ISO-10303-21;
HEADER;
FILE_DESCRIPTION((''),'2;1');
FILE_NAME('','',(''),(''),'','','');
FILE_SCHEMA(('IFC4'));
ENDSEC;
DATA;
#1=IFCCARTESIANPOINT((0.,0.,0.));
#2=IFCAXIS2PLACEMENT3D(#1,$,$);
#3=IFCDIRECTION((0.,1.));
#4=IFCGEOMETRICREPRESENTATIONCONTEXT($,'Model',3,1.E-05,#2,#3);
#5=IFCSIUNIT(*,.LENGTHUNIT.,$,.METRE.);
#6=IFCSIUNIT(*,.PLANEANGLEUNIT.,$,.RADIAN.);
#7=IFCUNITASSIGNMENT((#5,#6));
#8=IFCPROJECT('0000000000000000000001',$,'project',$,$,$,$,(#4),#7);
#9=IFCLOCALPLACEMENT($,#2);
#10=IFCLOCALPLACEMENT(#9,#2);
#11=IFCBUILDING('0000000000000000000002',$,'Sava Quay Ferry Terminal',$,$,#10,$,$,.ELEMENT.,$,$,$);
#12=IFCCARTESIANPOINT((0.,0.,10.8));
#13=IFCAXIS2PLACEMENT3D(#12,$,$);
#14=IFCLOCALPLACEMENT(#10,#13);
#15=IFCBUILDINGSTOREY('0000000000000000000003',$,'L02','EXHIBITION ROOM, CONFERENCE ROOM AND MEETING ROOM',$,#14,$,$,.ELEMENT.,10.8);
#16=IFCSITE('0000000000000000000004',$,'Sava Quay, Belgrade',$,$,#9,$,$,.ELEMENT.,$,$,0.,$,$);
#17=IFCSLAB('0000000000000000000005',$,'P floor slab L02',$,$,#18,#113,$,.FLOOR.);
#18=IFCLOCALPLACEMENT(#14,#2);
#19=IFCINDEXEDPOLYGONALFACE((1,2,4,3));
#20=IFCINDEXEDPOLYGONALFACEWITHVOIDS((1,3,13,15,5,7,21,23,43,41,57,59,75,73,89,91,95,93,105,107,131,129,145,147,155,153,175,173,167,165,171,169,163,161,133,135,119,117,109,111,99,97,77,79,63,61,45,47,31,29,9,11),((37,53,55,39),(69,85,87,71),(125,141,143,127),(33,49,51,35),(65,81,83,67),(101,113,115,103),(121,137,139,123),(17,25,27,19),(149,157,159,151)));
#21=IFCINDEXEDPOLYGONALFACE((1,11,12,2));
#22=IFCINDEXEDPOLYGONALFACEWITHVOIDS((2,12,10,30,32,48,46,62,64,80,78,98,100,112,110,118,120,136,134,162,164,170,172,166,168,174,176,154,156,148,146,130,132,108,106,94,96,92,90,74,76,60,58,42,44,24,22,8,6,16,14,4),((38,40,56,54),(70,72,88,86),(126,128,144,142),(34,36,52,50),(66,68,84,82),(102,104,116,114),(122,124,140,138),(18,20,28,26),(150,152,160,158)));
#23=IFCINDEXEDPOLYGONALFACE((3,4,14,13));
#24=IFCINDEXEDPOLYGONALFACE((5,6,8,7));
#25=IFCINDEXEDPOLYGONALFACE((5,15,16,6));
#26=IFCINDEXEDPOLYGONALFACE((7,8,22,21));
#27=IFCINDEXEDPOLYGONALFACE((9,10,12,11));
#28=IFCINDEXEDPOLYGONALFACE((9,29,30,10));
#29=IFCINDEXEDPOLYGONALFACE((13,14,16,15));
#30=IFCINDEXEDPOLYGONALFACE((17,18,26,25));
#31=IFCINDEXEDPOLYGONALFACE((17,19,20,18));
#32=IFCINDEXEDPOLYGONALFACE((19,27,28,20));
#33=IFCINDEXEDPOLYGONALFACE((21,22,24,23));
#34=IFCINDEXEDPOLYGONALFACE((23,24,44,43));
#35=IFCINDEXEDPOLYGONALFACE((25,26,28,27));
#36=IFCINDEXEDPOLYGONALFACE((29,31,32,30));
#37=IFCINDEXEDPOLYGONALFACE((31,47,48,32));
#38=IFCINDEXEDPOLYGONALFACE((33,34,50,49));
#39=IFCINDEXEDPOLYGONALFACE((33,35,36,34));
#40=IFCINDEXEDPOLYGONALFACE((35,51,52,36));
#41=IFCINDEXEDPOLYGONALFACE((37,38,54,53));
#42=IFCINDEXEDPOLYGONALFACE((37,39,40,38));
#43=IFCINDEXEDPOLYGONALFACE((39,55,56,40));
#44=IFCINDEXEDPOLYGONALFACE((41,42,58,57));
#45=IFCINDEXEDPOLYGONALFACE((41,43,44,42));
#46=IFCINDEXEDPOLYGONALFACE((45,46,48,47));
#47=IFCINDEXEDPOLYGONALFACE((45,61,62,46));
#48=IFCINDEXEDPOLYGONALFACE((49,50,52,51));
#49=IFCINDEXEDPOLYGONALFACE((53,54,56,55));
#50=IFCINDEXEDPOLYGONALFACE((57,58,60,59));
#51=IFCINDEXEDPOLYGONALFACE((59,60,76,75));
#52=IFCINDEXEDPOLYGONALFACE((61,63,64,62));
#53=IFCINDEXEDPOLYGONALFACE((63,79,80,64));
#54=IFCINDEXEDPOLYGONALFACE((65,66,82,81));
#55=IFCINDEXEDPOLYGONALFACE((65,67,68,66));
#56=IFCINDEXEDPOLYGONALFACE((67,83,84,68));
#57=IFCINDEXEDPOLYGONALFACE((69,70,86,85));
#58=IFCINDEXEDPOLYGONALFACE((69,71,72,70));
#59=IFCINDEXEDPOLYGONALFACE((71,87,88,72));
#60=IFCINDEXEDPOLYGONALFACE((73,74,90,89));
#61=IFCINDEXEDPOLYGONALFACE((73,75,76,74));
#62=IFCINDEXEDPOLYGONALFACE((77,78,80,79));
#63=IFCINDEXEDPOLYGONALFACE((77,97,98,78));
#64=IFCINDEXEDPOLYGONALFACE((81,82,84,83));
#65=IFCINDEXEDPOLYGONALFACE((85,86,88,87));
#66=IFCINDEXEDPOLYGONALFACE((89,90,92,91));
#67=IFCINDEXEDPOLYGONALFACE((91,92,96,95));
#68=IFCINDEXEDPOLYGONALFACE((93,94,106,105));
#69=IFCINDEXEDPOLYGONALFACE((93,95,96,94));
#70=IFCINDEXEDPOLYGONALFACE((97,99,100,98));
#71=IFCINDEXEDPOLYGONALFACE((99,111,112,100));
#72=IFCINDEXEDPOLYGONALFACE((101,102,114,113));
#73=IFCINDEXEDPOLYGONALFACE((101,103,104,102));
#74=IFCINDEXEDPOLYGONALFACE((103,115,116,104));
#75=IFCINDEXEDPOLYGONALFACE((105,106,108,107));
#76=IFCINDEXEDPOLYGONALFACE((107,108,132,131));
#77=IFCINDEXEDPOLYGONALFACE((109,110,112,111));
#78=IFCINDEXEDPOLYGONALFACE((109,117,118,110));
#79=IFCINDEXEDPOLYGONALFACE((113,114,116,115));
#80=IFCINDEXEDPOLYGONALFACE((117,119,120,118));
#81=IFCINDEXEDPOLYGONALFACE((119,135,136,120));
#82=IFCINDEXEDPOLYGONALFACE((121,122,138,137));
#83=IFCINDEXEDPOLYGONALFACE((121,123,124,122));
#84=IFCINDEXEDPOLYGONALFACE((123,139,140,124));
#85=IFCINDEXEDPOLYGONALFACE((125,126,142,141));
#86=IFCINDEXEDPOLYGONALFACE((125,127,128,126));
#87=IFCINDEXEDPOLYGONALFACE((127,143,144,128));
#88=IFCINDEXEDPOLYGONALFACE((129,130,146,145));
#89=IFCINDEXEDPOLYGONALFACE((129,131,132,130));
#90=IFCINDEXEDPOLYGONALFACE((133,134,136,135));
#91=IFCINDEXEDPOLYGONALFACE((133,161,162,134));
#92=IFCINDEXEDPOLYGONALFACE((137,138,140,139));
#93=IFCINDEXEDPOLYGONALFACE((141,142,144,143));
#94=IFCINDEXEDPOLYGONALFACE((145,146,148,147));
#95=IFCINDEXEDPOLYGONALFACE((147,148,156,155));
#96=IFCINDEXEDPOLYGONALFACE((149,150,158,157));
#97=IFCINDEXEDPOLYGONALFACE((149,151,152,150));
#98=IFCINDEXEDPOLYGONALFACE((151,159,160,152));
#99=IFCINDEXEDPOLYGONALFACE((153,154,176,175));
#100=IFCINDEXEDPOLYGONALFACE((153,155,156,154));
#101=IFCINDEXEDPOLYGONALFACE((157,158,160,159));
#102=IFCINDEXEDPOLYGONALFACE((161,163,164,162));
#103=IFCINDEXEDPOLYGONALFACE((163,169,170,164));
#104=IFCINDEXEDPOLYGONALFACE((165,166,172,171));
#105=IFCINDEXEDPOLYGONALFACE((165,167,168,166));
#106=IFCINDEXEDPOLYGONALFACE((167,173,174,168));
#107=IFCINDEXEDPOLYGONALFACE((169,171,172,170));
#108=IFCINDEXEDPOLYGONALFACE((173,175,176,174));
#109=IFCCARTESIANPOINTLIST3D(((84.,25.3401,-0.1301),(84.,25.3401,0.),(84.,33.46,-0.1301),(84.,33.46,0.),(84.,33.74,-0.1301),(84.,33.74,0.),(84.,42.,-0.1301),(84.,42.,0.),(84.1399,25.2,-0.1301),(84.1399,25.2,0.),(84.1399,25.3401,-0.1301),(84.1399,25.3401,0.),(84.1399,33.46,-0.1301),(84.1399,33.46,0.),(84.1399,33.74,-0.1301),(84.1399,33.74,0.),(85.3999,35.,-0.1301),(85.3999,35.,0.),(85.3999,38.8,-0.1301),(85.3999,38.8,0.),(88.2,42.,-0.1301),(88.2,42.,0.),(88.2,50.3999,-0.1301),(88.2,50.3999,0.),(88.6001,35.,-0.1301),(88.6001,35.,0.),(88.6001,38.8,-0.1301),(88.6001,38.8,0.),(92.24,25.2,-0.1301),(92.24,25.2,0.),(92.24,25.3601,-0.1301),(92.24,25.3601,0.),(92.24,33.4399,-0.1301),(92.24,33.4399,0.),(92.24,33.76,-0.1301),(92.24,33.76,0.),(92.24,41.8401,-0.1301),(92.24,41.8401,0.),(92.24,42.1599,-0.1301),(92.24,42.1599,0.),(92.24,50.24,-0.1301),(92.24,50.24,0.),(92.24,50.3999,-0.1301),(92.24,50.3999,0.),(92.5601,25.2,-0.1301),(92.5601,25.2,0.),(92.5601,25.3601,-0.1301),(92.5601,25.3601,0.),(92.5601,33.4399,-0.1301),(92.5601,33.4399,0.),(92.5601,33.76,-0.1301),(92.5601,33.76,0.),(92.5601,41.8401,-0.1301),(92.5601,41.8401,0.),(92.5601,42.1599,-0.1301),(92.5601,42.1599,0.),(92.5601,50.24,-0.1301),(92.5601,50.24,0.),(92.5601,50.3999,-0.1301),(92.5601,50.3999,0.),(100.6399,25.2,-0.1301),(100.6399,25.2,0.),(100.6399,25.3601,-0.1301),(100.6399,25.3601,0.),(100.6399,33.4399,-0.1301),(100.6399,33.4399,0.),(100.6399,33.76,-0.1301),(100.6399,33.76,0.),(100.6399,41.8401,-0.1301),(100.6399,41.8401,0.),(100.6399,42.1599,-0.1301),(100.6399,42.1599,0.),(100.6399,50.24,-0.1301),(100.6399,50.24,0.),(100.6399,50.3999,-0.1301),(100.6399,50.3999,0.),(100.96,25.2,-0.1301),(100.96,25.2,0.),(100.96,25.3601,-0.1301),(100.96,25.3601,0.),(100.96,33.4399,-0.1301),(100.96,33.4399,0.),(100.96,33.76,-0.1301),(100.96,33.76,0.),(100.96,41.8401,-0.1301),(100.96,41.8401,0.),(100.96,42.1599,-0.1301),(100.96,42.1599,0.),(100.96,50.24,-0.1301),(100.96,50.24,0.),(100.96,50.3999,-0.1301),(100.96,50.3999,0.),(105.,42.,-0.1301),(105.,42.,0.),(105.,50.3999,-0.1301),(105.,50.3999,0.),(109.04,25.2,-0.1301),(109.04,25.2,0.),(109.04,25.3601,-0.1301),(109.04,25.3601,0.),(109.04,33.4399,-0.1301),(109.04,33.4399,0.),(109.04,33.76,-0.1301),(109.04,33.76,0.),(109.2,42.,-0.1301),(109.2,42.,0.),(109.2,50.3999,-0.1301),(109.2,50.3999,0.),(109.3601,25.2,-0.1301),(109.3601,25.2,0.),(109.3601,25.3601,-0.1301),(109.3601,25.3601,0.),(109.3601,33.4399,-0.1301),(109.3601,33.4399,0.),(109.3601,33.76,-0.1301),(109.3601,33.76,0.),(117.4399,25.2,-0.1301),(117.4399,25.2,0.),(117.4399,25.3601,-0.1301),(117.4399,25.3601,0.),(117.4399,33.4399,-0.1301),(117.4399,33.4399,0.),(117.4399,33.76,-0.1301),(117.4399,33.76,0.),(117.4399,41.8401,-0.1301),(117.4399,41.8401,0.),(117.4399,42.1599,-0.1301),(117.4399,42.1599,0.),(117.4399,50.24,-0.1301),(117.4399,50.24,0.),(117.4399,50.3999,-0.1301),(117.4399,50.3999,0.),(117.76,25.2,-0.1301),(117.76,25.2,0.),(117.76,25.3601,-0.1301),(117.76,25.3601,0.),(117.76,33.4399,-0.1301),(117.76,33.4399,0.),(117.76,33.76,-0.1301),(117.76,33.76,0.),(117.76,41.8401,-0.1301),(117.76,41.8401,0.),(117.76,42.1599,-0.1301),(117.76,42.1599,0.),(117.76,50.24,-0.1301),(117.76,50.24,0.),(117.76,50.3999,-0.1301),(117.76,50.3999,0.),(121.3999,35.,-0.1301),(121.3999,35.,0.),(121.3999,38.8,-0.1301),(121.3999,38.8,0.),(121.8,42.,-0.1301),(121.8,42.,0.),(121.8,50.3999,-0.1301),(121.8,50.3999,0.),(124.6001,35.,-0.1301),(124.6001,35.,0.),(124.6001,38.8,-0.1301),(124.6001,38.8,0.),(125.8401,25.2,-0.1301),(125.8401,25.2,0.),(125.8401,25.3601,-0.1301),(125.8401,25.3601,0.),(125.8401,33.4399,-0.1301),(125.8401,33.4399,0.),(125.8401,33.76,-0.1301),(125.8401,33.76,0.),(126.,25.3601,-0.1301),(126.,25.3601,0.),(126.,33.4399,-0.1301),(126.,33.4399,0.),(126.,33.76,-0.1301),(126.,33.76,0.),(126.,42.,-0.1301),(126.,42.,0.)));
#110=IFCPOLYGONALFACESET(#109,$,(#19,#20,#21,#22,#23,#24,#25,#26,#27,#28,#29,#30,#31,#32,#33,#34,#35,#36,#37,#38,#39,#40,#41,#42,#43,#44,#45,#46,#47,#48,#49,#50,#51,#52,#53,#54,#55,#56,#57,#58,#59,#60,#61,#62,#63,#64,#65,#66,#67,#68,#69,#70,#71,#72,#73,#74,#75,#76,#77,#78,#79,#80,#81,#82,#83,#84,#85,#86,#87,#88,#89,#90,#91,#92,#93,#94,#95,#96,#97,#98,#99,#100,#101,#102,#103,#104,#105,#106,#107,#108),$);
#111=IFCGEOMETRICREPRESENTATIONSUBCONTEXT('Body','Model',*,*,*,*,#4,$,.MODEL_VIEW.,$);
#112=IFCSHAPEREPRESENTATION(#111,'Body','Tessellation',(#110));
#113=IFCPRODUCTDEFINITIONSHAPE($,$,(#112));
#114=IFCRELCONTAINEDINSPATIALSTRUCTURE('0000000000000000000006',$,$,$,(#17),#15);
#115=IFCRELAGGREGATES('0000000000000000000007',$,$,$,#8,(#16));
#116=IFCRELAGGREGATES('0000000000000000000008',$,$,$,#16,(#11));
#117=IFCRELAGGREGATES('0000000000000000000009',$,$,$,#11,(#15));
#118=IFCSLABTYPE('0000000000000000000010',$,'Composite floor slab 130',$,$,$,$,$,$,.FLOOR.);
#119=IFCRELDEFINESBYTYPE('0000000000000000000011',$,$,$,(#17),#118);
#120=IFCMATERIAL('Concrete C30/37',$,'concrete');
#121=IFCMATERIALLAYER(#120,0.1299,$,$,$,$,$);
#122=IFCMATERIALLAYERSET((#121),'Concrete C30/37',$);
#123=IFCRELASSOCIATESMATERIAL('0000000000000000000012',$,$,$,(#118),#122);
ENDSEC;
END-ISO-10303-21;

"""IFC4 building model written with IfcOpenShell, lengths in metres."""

from ifc_helpers import new_model, si_unit, direction, frame, origin, place, context, subcontext, project, spatial, polyline, outline, extrude, material, layer, layer_set, type_object, element, save


model = new_model("IFC4")

# Units and contexts
model_context = context("Model", 3, precision=1e-05, world=origin(), true_north=direction((0.0, 1.0)))
body_context = subcontext(model_context, "Body", "Model", "MODEL_VIEW")
ifc_project = project(units=[si_unit("LENGTHUNIT", "METRE"), si_unit("PLANEANGLEUNIT", "RADIAN")], contexts=[model_context])

# Site, building, storey
site_placement = place(None, origin())
site = spatial("IfcSite", under=ifc_project, at=site_placement, Name="Sava Quay, Belgrade", CompositionType="ELEMENT", RefElevation=0.0)
building_placement = place(site_placement, origin())
building = spatial("IfcBuilding", under=site, at=building_placement, Name="Sava Quay Ferry Terminal", CompositionType="ELEMENT")
storey_placement = place(building_placement, frame((0.0, 0.0, 10.8)))
storey = spatial("IfcBuildingStorey", under=building, at=storey_placement, Name="L02", Description="EXHIBITION ROOM, CONFERENCE ROOM AND MEETING ROOM", CompositionType="ELEMENT", Elevation=10.8)

# Slab
ifc_material_1 = material(Name="Concrete C30/37", Category="concrete")
ifc_layer_1 = layer(ifc_material_1, 0.1299)
ifc_layer_set_1 = layer_set([ifc_layer_1], Name="Concrete C30/37")
slab_type_1 = type_object("IfcSlabType", Name="Composite floor slab 130", PredefinedType="FLOOR", material=ifc_layer_set_1)
slab_1_placement = place(storey_placement, frame((0.0, 0.0, -0.1301)))
element("IfcSlab", 1, at=slab_1_placement, inside=storey, type_object=slab_type_1, Name="P floor slab L02", PredefinedType="FLOOR", context=body_context, shape_type="SweptSolid", body=[
    extrude(outline(polyline([(125.8401, 25.3601), (125.8401, 25.2), (117.76, 25.2), (117.76, 25.3601), (117.4399, 25.3601), (117.4399, 25.2), (109.3601, 25.2), (109.3601, 25.3601), (109.04, 25.3601), (109.04, 25.2), (100.96, 25.2), (100.96, 25.3601), (100.6399, 25.3601), (100.6399, 25.2), (92.5601, 25.2), (92.5601, 25.3601), (92.24, 25.3601), (92.24, 25.2), (84.1399, 25.2), (84.1399, 25.3401), (84.0, 25.3401), (84.0, 33.46), (84.1399, 33.46), (84.1399, 33.74), (84.0, 33.74), (84.0, 42.0), (88.2, 42.0), (88.2, 50.3999), (92.24, 50.3999), (92.24, 50.24), (92.5601, 50.24), (92.5601, 50.3999), (100.6399, 50.3999), (100.6399, 50.24), (100.96, 50.24), (100.96, 50.3999), (105.0, 50.3999), (105.0, 42.0), (109.2, 42.0), (109.2, 50.3999), (117.4399, 50.3999), (117.4399, 50.24), (117.76, 50.24), (117.76, 50.3999), (121.8, 50.3999), (121.8, 42.0), (126.0, 42.0), (126.0, 33.76), (125.8401, 33.76), (125.8401, 33.4399), (126.0, 33.4399), (126.0, 25.3601), (125.8401, 25.3601)]), holes=[polyline([(92.24, 33.4399), (92.5601, 33.4399), (92.5601, 33.76), (92.24, 33.76), (92.24, 33.4399)]), polyline([(88.6001, 35.0), (88.6001, 38.8), (85.3999, 38.8), (85.3999, 35.0), (88.6001, 35.0)]), polyline([(100.6399, 41.8401), (100.96, 41.8401), (100.96, 42.1599), (100.6399, 42.1599), (100.6399, 41.8401)]), polyline([(92.24, 41.8401), (92.5601, 41.8401), (92.5601, 42.1599), (92.24, 42.1599), (92.24, 41.8401)]), polyline([(100.6399, 33.4399), (100.96, 33.4399), (100.96, 33.76), (100.6399, 33.76), (100.6399, 33.4399)]), polyline([(117.76, 33.4399), (117.76, 33.76), (117.4399, 33.76), (117.4399, 33.4399), (117.76, 33.4399)]), polyline([(109.04, 33.4399), (109.3601, 33.4399), (109.3601, 33.76), (109.04, 33.76), (109.04, 33.4399)]), polyline([(121.3999, 35.0), (124.6001, 35.0), (124.6001, 38.8), (121.3999, 38.8), (121.3999, 35.0)]), polyline([(117.76, 41.8401), (117.76, 42.1599), (117.4399, 42.1599), (117.4399, 41.8401), (117.76, 41.8401)])]), origin(), (0.0, 0.0, 1.0), 0.1301),
])

save(model, "model.ifc")
